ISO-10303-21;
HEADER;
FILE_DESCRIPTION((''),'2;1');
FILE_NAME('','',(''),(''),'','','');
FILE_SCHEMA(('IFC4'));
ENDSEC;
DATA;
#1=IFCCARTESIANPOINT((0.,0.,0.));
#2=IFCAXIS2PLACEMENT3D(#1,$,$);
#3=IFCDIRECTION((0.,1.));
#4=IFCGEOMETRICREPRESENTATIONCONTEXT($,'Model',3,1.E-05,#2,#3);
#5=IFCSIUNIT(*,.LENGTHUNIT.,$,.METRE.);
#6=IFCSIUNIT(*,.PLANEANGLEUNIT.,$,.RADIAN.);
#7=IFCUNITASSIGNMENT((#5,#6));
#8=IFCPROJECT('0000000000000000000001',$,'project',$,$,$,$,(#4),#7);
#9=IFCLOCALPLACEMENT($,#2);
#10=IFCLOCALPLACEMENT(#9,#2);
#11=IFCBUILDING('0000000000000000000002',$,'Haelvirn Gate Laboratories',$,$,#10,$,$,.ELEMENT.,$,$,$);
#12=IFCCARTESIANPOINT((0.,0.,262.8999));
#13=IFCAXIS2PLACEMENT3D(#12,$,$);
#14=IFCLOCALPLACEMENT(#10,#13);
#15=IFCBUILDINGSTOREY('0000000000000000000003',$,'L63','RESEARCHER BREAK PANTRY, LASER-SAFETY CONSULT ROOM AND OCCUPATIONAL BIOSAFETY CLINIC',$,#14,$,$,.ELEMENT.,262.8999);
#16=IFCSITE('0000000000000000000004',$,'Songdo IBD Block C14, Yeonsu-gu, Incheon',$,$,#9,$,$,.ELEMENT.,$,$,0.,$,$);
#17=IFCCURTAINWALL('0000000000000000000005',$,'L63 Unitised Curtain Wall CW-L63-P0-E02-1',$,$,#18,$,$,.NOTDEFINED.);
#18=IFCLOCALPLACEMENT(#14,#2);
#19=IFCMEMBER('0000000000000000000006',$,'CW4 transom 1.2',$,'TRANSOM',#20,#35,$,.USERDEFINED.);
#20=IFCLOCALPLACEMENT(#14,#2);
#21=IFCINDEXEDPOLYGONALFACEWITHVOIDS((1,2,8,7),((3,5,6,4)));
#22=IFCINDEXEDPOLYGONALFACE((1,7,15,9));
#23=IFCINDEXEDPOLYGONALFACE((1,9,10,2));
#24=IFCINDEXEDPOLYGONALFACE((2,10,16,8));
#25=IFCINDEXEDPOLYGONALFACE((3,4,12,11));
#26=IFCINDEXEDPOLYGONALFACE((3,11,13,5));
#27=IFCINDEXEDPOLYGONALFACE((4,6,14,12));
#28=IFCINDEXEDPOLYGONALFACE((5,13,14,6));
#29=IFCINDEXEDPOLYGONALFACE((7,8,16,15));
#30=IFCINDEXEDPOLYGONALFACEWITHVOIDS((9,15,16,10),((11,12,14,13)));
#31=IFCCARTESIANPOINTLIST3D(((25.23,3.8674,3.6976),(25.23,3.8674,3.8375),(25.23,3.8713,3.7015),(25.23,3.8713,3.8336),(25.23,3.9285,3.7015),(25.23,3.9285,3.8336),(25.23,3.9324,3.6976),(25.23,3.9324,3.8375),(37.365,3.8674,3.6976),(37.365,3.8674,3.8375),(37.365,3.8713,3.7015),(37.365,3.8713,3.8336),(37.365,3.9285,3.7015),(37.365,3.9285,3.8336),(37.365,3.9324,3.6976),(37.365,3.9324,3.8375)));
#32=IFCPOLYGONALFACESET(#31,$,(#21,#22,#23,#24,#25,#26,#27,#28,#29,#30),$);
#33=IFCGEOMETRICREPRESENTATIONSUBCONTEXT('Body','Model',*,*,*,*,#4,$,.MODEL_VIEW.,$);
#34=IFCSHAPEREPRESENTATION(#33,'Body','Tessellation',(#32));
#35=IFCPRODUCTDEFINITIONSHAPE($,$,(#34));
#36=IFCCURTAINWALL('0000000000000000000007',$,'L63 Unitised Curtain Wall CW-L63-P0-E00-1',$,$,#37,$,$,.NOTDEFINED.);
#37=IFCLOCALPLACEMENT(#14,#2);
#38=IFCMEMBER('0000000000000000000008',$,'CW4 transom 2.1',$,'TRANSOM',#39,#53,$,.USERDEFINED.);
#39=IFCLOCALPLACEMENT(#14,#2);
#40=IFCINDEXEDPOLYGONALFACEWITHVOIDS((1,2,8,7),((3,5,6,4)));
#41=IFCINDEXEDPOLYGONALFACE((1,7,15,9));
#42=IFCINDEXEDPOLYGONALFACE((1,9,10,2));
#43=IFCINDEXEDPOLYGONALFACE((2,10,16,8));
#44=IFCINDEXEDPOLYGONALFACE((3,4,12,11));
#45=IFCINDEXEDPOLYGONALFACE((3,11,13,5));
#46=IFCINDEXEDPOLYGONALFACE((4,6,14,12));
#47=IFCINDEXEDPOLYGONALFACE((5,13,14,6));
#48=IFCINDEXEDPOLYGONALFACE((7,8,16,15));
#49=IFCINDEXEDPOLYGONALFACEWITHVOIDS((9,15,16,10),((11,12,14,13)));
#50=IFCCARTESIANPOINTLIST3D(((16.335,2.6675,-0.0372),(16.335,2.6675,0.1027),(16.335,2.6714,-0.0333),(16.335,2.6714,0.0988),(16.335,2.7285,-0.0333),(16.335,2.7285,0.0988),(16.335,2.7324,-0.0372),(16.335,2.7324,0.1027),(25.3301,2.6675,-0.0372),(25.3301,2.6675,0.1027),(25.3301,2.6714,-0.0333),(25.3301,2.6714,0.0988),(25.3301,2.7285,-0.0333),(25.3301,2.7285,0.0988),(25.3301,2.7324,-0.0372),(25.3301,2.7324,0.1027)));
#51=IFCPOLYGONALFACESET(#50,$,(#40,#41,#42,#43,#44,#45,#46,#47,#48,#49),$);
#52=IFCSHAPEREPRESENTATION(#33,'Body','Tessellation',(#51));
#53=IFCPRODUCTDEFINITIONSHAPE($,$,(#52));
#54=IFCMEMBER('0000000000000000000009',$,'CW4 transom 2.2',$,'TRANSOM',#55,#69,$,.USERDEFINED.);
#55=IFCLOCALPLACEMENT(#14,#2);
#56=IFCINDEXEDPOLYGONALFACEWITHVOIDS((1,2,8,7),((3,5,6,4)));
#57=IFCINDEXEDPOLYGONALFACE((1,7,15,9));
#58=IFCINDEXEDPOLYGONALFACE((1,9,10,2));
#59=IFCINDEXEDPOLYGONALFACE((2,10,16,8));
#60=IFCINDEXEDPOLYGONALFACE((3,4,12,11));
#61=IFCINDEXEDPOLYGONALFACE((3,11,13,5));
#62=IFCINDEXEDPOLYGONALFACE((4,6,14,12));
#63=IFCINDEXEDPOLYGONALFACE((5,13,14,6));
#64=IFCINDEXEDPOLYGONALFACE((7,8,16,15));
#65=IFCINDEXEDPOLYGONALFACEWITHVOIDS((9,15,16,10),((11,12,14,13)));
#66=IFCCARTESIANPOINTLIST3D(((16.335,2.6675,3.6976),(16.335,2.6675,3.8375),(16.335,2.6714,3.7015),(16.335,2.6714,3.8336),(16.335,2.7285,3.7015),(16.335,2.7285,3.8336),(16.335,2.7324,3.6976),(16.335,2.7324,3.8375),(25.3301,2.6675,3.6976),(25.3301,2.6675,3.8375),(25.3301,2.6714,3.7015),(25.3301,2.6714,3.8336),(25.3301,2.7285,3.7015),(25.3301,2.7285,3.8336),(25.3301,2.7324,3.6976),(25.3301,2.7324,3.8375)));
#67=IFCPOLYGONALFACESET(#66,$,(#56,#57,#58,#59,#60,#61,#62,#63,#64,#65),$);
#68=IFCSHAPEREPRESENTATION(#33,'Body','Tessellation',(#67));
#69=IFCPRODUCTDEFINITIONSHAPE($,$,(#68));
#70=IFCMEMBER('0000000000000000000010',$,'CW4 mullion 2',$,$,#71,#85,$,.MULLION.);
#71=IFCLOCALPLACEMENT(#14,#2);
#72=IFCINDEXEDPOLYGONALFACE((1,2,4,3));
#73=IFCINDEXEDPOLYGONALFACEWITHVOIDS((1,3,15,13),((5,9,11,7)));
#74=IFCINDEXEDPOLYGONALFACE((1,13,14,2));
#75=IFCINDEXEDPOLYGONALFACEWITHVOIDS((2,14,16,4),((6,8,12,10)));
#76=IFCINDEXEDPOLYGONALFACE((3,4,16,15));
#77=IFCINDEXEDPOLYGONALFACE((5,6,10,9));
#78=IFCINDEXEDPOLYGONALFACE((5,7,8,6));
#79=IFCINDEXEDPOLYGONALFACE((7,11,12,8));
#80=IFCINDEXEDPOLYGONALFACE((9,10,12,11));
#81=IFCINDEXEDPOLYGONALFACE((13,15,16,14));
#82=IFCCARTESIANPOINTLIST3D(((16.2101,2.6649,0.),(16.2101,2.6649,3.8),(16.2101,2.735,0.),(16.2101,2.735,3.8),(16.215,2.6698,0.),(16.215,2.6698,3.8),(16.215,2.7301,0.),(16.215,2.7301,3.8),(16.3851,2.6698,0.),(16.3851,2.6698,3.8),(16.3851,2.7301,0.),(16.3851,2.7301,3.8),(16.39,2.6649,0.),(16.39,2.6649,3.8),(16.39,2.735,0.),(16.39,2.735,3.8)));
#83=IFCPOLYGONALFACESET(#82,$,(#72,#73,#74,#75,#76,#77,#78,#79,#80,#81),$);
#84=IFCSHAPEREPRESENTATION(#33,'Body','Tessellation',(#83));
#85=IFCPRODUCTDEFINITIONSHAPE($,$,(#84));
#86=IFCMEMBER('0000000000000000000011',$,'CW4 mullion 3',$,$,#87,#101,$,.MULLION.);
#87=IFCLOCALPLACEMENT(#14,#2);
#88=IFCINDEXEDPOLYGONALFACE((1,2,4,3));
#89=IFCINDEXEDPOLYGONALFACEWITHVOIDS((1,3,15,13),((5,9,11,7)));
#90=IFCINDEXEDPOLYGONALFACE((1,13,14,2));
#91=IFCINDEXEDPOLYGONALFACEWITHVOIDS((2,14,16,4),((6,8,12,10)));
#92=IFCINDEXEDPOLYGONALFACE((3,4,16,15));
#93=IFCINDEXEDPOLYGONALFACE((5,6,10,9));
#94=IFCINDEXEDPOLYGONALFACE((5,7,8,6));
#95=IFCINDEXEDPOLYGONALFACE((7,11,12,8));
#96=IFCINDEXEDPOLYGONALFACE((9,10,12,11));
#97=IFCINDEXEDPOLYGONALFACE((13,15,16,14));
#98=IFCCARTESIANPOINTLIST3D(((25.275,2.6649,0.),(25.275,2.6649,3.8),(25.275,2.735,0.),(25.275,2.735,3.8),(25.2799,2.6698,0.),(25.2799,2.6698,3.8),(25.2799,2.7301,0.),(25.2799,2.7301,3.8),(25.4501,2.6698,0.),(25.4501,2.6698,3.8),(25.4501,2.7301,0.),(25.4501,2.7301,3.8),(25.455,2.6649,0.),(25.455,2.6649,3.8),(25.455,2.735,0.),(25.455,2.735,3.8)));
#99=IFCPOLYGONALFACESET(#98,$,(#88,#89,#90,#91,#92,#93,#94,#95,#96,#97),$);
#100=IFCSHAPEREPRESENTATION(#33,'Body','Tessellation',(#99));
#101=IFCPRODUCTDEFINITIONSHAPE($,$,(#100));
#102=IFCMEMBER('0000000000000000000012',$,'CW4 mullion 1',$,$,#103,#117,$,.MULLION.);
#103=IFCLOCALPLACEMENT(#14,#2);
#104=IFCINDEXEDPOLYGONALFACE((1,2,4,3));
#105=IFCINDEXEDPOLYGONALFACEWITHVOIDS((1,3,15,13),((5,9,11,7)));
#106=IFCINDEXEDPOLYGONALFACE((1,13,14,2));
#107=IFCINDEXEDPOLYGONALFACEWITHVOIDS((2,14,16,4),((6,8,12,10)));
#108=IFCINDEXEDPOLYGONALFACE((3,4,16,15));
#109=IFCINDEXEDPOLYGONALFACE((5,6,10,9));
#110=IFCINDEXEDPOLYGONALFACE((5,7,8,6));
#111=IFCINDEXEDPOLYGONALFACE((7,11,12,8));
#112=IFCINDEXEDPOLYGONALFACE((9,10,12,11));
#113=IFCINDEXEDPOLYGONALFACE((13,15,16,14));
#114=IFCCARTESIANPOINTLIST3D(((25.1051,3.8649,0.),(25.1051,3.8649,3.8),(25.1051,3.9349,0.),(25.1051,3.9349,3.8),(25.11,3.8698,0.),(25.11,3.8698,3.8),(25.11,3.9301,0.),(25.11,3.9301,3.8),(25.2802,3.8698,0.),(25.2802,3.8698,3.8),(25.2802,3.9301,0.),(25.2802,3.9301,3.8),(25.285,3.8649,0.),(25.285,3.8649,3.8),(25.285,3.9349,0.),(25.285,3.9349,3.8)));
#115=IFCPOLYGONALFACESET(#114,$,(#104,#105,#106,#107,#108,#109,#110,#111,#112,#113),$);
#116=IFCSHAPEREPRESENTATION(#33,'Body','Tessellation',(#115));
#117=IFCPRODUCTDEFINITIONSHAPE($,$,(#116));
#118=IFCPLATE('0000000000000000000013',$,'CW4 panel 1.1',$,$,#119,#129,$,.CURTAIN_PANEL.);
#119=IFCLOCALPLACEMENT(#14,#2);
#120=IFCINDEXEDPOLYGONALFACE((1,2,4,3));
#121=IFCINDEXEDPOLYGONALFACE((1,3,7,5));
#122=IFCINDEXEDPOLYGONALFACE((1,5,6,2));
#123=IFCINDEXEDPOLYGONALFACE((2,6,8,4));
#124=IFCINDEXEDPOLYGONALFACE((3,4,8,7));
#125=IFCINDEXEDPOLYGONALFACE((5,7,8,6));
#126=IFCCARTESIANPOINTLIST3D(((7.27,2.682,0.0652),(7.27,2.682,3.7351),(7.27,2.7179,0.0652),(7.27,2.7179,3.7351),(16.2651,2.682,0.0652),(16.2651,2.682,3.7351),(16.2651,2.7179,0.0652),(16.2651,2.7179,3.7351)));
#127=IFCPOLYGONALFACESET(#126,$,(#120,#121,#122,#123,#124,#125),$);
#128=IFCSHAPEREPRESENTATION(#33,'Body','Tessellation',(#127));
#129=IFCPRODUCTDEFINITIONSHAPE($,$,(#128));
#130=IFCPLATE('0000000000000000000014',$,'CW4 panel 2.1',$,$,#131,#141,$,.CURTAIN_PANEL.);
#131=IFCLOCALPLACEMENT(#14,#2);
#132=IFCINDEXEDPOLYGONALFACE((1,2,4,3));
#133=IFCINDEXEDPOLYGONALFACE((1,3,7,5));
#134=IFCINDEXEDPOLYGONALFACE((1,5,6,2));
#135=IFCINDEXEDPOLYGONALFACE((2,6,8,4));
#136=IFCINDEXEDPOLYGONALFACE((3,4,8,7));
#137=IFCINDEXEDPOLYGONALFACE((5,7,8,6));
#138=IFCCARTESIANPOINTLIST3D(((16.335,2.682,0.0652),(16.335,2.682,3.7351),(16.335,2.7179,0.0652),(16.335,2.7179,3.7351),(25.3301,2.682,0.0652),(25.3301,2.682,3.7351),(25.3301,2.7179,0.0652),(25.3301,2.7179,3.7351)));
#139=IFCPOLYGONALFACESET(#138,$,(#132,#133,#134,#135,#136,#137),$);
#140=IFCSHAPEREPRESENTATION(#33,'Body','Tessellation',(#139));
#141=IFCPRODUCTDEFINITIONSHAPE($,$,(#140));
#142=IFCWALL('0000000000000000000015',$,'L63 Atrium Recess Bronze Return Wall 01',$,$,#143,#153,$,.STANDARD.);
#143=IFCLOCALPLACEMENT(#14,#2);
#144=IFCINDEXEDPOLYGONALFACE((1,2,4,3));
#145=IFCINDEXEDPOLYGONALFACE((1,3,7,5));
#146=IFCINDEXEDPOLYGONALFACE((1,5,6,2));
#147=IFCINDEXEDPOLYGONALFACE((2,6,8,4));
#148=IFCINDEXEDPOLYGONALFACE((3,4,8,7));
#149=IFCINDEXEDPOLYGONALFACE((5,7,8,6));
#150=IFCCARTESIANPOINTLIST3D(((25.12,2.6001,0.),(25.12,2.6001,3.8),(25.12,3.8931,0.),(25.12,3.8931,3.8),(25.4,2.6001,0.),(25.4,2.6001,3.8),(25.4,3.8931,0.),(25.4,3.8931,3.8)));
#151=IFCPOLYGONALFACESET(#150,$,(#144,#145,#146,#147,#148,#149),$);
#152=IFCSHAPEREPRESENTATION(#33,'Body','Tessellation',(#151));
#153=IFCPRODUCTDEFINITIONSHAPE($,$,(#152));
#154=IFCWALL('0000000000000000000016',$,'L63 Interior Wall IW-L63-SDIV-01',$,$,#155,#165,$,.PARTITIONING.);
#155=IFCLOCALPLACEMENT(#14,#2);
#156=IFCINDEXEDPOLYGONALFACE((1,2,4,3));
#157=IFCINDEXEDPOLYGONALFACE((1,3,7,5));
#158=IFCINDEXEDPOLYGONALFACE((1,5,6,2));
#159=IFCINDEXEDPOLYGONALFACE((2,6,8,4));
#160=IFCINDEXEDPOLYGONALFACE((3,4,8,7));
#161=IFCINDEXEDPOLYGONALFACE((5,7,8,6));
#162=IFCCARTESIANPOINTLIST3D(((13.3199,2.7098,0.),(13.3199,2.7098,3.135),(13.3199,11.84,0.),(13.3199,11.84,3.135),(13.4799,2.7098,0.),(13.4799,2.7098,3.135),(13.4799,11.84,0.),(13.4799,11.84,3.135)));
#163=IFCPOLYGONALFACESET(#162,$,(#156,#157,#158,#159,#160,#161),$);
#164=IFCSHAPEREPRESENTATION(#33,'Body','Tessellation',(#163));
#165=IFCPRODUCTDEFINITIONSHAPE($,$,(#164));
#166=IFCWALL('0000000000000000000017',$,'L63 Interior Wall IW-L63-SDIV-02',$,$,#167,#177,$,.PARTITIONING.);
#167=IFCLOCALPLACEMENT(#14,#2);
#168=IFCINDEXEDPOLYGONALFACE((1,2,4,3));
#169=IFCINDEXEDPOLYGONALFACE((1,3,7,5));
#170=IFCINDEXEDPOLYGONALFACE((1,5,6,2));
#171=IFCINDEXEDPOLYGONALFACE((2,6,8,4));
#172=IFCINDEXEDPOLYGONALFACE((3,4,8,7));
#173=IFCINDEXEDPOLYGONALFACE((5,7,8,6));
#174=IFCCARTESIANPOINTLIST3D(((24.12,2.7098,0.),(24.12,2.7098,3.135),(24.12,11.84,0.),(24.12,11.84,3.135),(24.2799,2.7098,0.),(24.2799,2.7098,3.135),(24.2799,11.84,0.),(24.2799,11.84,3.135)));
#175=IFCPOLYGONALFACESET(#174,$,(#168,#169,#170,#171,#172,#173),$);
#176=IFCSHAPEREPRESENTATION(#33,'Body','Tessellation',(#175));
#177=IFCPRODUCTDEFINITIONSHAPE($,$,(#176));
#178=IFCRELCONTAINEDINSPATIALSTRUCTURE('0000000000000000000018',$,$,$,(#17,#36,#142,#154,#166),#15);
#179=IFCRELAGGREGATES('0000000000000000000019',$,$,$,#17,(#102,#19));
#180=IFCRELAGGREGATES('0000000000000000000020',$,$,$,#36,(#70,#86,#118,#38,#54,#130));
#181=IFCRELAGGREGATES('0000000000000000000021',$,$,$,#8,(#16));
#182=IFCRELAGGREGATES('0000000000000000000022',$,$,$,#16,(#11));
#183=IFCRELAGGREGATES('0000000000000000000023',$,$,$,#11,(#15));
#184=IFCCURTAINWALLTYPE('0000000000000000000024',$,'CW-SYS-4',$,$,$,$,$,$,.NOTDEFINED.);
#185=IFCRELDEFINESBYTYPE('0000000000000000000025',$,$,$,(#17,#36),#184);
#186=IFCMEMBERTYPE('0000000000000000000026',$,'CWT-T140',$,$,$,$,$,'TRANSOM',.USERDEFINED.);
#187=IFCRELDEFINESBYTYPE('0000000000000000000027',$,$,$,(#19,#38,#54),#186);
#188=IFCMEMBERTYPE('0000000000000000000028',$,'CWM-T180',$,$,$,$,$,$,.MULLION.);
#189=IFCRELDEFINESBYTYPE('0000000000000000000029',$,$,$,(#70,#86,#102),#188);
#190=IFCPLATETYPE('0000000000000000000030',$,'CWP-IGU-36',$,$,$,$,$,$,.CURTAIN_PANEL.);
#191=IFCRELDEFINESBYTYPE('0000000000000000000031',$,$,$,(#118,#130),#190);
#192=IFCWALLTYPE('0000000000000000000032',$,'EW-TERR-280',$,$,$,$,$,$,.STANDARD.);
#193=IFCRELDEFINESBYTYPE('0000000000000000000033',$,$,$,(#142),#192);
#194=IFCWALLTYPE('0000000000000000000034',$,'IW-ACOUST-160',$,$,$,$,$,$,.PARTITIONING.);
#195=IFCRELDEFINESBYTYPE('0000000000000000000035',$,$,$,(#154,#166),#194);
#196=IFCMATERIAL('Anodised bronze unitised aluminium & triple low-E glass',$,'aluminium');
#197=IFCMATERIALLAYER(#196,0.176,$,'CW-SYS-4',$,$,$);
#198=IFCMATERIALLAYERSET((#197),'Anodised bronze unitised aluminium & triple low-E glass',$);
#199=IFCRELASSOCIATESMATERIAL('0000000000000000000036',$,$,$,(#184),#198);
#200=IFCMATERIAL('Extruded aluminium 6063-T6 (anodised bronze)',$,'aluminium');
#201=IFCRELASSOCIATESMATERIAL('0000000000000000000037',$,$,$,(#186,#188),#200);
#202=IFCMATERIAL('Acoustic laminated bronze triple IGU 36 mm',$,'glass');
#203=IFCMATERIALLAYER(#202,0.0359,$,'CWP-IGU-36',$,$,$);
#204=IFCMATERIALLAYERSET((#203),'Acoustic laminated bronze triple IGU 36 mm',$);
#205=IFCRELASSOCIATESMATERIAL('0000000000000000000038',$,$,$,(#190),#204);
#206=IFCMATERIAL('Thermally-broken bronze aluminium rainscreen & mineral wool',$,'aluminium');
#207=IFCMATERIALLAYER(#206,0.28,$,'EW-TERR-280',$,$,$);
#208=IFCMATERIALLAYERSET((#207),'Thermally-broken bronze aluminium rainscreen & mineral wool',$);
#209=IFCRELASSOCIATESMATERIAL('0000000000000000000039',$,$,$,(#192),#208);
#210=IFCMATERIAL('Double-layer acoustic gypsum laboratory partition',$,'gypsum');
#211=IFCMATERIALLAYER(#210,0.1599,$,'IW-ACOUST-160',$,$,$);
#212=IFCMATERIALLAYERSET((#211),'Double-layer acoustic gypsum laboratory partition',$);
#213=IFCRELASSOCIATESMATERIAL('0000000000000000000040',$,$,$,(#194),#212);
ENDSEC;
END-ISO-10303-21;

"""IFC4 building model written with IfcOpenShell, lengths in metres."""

from ifc_helpers import new_model, si_unit, direction, frame, frame_2d, origin, origin_2d, place, context, subcontext, project, spatial, rectangle, hollow_rectangle, extrude, source, transform, mapped, material, layer, layer_set, material_profile, profile_set, type_object, type_shapes, element, aggregate, save


model = new_model("IFC4")

# Units and contexts
model_context = context("Model", 3, precision=1e-05, world=origin(), true_north=direction((0.0, 1.0)))
body_context = subcontext(model_context, "Body", "Model", "MODEL_VIEW")
ifc_project = project(units=[si_unit("LENGTHUNIT", "METRE"), si_unit("PLANEANGLEUNIT", "RADIAN")], contexts=[model_context])

# Site, building, storey
site_placement = place(None, origin())
site = spatial("IfcSite", under=ifc_project, at=site_placement, Name="Songdo IBD Block C14, Yeonsu-gu, Incheon", CompositionType="ELEMENT", RefElevation=0.0)
building_placement = place(site_placement, origin())
building = spatial("IfcBuilding", under=site, at=building_placement, Name="Haelvirn Gate Laboratories", CompositionType="ELEMENT")
storey_placement = place(building_placement, frame((0.0, 0.0, 262.8999)))
storey = spatial("IfcBuildingStorey", under=building, at=storey_placement, Name="L63", Description="RESEARCHER BREAK PANTRY, LASER-SAFETY CONSULT ROOM AND OCCUPATIONAL BIOSAFETY CLINIC", CompositionType="ELEMENT", Elevation=262.8999)

# Curtain walls, members
ifc_material_1 = material(Name="Anodised bronze unitised aluminium & triple low-E glass", Category="aluminium")
ifc_layer_1 = layer(ifc_material_1, 0.176, Name="CW-SYS-4")
ifc_layer_set_1 = layer_set([ifc_layer_1], Name="Anodised bronze unitised aluminium & triple low-E glass")
curtain_wall_type = type_object("IfcCurtainWallType", Name="CW-SYS-4", PredefinedType="NOTDEFINED", material=ifc_layer_set_1)
curtain_wall_1_placement = place(storey_placement, origin())
curtain_wall_1 = element("IfcCurtainWall", 1, at=curtain_wall_1_placement, inside=storey, type_object=curtain_wall_type, Name="L63 Unitised Curtain Wall CW-L63-P0-E02-1", PredefinedType="NOTDEFINED")
ifc_material_2 = material(Name="Extruded aluminium 6063-T6 (anodised bronze)", Category="aluminium")
ifc_material_profile_1 = material_profile(ifc_material_2, hollow_rectangle(XDim=0.0649, YDim=0.1399, WallThickness=0.0039, at=origin_2d()), Name="CWT-140x65x4")
ifc_profile_set_1 = profile_set([ifc_material_profile_1], Name="Extruded aluminium 6063-T6 (anodised bronze)")
member_type_1 = type_object("IfcMemberType", Name="CWT-T140", ElementType="TRANSOM", PredefinedType="USERDEFINED", material=ifc_profile_set_1)
shared_shape_1 = source(origin(), body_context, "Body", "SweptSolid", [
    extrude(hollow_rectangle(XDim=0.0649, YDim=0.1399, WallThickness=0.0039, at=origin_2d()), origin(), (0.0, 0.0, 1.0), 12.135),
])
member_1_placement = place(storey_placement, frame((25.23, 3.8999, 3.7676), z_axis=(1.0, 0.0, 0.0), x_axis=(0.0, 1.0, 0.0)))
member_1 = element("IfcMember", 2, at=member_1_placement, type_object=member_type_1, Name="CW4 transom 1.2", ObjectType="TRANSOM", PredefinedType="USERDEFINED", context=body_context, shape_type="MappedRepresentation", body=[
    mapped(shared_shape_1, transform((0.0, 0.0, 0.0), scale=1.0)),
])
curtain_wall_2_placement = place(storey_placement, origin())
curtain_wall_2 = element("IfcCurtainWall", 3, at=curtain_wall_2_placement, inside=storey, type_object=curtain_wall_type, Name="L63 Unitised Curtain Wall CW-L63-P0-E00-1", PredefinedType="NOTDEFINED")
shared_shape_2 = source(origin(), body_context, "Body", "SweptSolid", [
    extrude(hollow_rectangle(XDim=0.0649, YDim=0.1399, WallThickness=0.0039, at=origin_2d()), origin(), (0.0, 0.0, 1.0), 8.9951),
])
type_shapes(member_type_1, [shared_shape_1, shared_shape_2])
member_2_placement = place(storey_placement, frame((16.335, 2.7, 0.0327), z_axis=(1.0, 0.0, 0.0), x_axis=(0.0, 1.0, 0.0)))
member_2 = element("IfcMember", 4, at=member_2_placement, type_object=member_type_1, Name="CW4 transom 2.1", ObjectType="TRANSOM", PredefinedType="USERDEFINED", context=body_context, shape_type="MappedRepresentation", body=[
    mapped(shared_shape_2, transform((0.0, 0.0, 0.0), scale=1.0)),
])
member_3_placement = place(storey_placement, frame((16.335, 2.7, 3.7676), z_axis=(1.0, 0.0, 0.0), x_axis=(0.0, 1.0, 0.0)))
member_3 = element("IfcMember", 5, at=member_3_placement, type_object=member_type_1, Name="CW4 transom 2.2", ObjectType="TRANSOM", PredefinedType="USERDEFINED", context=body_context, shape_type="MappedRepresentation", body=[
    mapped(shared_shape_2, transform((0.0, 0.0, 0.0), scale=1.0)),
])
ifc_material_profile_2 = material_profile(ifc_material_2, hollow_rectangle(XDim=0.0701, YDim=0.1799, WallThickness=0.0049, at=origin_2d()), Name="CWM-180x70x5")
ifc_profile_set_2 = profile_set([ifc_material_profile_2], Name="Extruded aluminium 6063-T6 (anodised bronze)")
member_type_2 = type_object("IfcMemberType", Name="CWM-T180", PredefinedType="MULLION", material=ifc_profile_set_2)
shared_shape_3 = source(origin(), body_context, "Body", "SweptSolid", [
    extrude(hollow_rectangle(XDim=0.0701, YDim=0.1799, WallThickness=0.0049, at=origin_2d()), origin(), (0.0, 0.0, 1.0), 3.8),
])
type_shapes(member_type_2, [shared_shape_3])
member_4_placement = place(storey_placement, frame((16.3, 2.7, 0.0), z_axis=(0.0, 0.0, 1.0), x_axis=(0.0, 1.0, 0.0)))
member_4 = element("IfcMember", 6, at=member_4_placement, type_object=member_type_2, Name="CW4 mullion 2", PredefinedType="MULLION", context=body_context, shape_type="MappedRepresentation", body=[
    mapped(shared_shape_3, transform((0.0, 0.0, 0.0), scale=1.0)),
])
member_5_placement = place(storey_placement, frame((25.365, 2.7, 0.0), z_axis=(0.0, 0.0, 1.0), x_axis=(0.0, 1.0, 0.0)))
member_5 = element("IfcMember", 7, at=member_5_placement, type_object=member_type_2, Name="CW4 mullion 3", PredefinedType="MULLION", context=body_context, shape_type="MappedRepresentation", body=[
    mapped(shared_shape_3, transform((0.0, 0.0, 0.0), scale=1.0)),
])

# Member
member_6_placement = place(storey_placement, frame((25.1951, 3.8999, 0.0), z_axis=(0.0, 0.0, 1.0), x_axis=(0.0, 1.0, 0.0)))
member_6 = element("IfcMember", 8, at=member_6_placement, type_object=member_type_2, Name="CW4 mullion 1", PredefinedType="MULLION", context=body_context, shape_type="MappedRepresentation", body=[
    mapped(shared_shape_3, transform((0.0, 0.0, 0.0), scale=1.0)),
])
aggregate(curtain_wall_1, [member_6, member_1])

# Plates
ifc_material_3 = material(Name="Acoustic laminated bronze triple IGU 36 mm", Category="glass")
ifc_layer_2 = layer(ifc_material_3, 0.0359, Name="CWP-IGU-36")
ifc_layer_set_2 = layer_set([ifc_layer_2], Name="Acoustic laminated bronze triple IGU 36 mm")
plate_type = type_object("IfcPlateType", Name="CWP-IGU-36", PredefinedType="CURTAIN_PANEL", material=ifc_layer_set_2)
shared_shape_4 = source(origin(), body_context, "Body", "SweptSolid", [
    extrude(rectangle(XDim=8.9951, YDim=0.0359, at=origin_2d()), origin(), (0.0, 0.0, 1.0), 3.6699),
])
type_shapes(plate_type, [shared_shape_4])
plate_1_placement = place(storey_placement, frame((11.7676, 2.7, 0.0652), z_axis=(0.0, 0.0, 1.0), x_axis=(1.0, 0.0, 0.0)))
plate_1 = element("IfcPlate", 9, at=plate_1_placement, type_object=plate_type, Name="CW4 panel 1.1", PredefinedType="CURTAIN_PANEL", context=body_context, shape_type="MappedRepresentation", body=[
    mapped(shared_shape_4, transform((0.0, 0.0, 0.0), scale=1.0)),
])
plate_2_placement = place(storey_placement, frame((20.8325, 2.7, 0.0652), z_axis=(0.0, 0.0, 1.0), x_axis=(1.0, 0.0, 0.0)))
plate_2 = element("IfcPlate", 10, at=plate_2_placement, type_object=plate_type, Name="CW4 panel 2.1", PredefinedType="CURTAIN_PANEL", context=body_context, shape_type="MappedRepresentation", body=[
    mapped(shared_shape_4, transform((0.0, 0.0, 0.0), scale=1.0)),
])
aggregate(curtain_wall_2, [member_4, member_5, plate_1, member_2, member_3, plate_2])

# Walls
ifc_material_4 = material(Name="Thermally-broken bronze aluminium rainscreen & mineral wool", Category="aluminium")
ifc_layer_3 = layer(ifc_material_4, 0.28, Name="EW-TERR-280")
ifc_layer_set_3 = layer_set([ifc_layer_3], Name="Thermally-broken bronze aluminium rainscreen & mineral wool")
wall_type_1 = type_object("IfcWallType", Name="EW-TERR-280", PredefinedType="STANDARD", material=ifc_layer_set_3)
wall_placement = place(storey_placement, frame((25.26, 2.6001, 0.0), z_axis=(0.0, 0.0, 1.0), x_axis=(0.0, 1.0, 0.0)))
element("IfcWall", 11, at=wall_placement, inside=storey, type_object=wall_type_1, Name="L63 Atrium Recess Bronze Return Wall 01", PredefinedType="STANDARD", context=body_context, shape_type="SweptSolid", body=[
    extrude(rectangle(XDim=1.293, YDim=0.28, at=frame_2d((0.6465, 0.0))), origin(), (0.0, 0.0, 1.0), 3.8),
])
ifc_material_5 = material(Name="Double-layer acoustic gypsum laboratory partition", Category="gypsum")
ifc_layer_4 = layer(ifc_material_5, 0.1599, Name="IW-ACOUST-160")
ifc_layer_set_4 = layer_set([ifc_layer_4], Name="Double-layer acoustic gypsum laboratory partition")
wall_type_2 = type_object("IfcWallType", Name="IW-ACOUST-160", PredefinedType="PARTITIONING", material=ifc_layer_set_4)
for number, where, z_axis, x_axis, name in (
    (12, (13.3999, 2.71, 0.0), (0.0, 0.0, 1.0), (0.0, 1.0, 0.0), "L63 Interior Wall IW-L63-SDIV-01"),
    (13, (24.2, 2.71, 0.0), (0.0, 0.0, 1.0), (0.0, 1.0, 0.0), "L63 Interior Wall IW-L63-SDIV-02"),
):
    element("IfcWall", number, at=place(storey_placement, frame(where, z_axis=z_axis, x_axis=x_axis)), inside=storey, type_object=wall_type_2, Name=name, PredefinedType="PARTITIONING", context=body_context, shape_type="SweptSolid", body=[
        extrude(rectangle(XDim=9.1301, YDim=0.1599, at=frame_2d((4.5649, 0.0))), origin(), (0.0, 0.0, 1.0), 3.135),
    ])

save(model, "model.ifc")
